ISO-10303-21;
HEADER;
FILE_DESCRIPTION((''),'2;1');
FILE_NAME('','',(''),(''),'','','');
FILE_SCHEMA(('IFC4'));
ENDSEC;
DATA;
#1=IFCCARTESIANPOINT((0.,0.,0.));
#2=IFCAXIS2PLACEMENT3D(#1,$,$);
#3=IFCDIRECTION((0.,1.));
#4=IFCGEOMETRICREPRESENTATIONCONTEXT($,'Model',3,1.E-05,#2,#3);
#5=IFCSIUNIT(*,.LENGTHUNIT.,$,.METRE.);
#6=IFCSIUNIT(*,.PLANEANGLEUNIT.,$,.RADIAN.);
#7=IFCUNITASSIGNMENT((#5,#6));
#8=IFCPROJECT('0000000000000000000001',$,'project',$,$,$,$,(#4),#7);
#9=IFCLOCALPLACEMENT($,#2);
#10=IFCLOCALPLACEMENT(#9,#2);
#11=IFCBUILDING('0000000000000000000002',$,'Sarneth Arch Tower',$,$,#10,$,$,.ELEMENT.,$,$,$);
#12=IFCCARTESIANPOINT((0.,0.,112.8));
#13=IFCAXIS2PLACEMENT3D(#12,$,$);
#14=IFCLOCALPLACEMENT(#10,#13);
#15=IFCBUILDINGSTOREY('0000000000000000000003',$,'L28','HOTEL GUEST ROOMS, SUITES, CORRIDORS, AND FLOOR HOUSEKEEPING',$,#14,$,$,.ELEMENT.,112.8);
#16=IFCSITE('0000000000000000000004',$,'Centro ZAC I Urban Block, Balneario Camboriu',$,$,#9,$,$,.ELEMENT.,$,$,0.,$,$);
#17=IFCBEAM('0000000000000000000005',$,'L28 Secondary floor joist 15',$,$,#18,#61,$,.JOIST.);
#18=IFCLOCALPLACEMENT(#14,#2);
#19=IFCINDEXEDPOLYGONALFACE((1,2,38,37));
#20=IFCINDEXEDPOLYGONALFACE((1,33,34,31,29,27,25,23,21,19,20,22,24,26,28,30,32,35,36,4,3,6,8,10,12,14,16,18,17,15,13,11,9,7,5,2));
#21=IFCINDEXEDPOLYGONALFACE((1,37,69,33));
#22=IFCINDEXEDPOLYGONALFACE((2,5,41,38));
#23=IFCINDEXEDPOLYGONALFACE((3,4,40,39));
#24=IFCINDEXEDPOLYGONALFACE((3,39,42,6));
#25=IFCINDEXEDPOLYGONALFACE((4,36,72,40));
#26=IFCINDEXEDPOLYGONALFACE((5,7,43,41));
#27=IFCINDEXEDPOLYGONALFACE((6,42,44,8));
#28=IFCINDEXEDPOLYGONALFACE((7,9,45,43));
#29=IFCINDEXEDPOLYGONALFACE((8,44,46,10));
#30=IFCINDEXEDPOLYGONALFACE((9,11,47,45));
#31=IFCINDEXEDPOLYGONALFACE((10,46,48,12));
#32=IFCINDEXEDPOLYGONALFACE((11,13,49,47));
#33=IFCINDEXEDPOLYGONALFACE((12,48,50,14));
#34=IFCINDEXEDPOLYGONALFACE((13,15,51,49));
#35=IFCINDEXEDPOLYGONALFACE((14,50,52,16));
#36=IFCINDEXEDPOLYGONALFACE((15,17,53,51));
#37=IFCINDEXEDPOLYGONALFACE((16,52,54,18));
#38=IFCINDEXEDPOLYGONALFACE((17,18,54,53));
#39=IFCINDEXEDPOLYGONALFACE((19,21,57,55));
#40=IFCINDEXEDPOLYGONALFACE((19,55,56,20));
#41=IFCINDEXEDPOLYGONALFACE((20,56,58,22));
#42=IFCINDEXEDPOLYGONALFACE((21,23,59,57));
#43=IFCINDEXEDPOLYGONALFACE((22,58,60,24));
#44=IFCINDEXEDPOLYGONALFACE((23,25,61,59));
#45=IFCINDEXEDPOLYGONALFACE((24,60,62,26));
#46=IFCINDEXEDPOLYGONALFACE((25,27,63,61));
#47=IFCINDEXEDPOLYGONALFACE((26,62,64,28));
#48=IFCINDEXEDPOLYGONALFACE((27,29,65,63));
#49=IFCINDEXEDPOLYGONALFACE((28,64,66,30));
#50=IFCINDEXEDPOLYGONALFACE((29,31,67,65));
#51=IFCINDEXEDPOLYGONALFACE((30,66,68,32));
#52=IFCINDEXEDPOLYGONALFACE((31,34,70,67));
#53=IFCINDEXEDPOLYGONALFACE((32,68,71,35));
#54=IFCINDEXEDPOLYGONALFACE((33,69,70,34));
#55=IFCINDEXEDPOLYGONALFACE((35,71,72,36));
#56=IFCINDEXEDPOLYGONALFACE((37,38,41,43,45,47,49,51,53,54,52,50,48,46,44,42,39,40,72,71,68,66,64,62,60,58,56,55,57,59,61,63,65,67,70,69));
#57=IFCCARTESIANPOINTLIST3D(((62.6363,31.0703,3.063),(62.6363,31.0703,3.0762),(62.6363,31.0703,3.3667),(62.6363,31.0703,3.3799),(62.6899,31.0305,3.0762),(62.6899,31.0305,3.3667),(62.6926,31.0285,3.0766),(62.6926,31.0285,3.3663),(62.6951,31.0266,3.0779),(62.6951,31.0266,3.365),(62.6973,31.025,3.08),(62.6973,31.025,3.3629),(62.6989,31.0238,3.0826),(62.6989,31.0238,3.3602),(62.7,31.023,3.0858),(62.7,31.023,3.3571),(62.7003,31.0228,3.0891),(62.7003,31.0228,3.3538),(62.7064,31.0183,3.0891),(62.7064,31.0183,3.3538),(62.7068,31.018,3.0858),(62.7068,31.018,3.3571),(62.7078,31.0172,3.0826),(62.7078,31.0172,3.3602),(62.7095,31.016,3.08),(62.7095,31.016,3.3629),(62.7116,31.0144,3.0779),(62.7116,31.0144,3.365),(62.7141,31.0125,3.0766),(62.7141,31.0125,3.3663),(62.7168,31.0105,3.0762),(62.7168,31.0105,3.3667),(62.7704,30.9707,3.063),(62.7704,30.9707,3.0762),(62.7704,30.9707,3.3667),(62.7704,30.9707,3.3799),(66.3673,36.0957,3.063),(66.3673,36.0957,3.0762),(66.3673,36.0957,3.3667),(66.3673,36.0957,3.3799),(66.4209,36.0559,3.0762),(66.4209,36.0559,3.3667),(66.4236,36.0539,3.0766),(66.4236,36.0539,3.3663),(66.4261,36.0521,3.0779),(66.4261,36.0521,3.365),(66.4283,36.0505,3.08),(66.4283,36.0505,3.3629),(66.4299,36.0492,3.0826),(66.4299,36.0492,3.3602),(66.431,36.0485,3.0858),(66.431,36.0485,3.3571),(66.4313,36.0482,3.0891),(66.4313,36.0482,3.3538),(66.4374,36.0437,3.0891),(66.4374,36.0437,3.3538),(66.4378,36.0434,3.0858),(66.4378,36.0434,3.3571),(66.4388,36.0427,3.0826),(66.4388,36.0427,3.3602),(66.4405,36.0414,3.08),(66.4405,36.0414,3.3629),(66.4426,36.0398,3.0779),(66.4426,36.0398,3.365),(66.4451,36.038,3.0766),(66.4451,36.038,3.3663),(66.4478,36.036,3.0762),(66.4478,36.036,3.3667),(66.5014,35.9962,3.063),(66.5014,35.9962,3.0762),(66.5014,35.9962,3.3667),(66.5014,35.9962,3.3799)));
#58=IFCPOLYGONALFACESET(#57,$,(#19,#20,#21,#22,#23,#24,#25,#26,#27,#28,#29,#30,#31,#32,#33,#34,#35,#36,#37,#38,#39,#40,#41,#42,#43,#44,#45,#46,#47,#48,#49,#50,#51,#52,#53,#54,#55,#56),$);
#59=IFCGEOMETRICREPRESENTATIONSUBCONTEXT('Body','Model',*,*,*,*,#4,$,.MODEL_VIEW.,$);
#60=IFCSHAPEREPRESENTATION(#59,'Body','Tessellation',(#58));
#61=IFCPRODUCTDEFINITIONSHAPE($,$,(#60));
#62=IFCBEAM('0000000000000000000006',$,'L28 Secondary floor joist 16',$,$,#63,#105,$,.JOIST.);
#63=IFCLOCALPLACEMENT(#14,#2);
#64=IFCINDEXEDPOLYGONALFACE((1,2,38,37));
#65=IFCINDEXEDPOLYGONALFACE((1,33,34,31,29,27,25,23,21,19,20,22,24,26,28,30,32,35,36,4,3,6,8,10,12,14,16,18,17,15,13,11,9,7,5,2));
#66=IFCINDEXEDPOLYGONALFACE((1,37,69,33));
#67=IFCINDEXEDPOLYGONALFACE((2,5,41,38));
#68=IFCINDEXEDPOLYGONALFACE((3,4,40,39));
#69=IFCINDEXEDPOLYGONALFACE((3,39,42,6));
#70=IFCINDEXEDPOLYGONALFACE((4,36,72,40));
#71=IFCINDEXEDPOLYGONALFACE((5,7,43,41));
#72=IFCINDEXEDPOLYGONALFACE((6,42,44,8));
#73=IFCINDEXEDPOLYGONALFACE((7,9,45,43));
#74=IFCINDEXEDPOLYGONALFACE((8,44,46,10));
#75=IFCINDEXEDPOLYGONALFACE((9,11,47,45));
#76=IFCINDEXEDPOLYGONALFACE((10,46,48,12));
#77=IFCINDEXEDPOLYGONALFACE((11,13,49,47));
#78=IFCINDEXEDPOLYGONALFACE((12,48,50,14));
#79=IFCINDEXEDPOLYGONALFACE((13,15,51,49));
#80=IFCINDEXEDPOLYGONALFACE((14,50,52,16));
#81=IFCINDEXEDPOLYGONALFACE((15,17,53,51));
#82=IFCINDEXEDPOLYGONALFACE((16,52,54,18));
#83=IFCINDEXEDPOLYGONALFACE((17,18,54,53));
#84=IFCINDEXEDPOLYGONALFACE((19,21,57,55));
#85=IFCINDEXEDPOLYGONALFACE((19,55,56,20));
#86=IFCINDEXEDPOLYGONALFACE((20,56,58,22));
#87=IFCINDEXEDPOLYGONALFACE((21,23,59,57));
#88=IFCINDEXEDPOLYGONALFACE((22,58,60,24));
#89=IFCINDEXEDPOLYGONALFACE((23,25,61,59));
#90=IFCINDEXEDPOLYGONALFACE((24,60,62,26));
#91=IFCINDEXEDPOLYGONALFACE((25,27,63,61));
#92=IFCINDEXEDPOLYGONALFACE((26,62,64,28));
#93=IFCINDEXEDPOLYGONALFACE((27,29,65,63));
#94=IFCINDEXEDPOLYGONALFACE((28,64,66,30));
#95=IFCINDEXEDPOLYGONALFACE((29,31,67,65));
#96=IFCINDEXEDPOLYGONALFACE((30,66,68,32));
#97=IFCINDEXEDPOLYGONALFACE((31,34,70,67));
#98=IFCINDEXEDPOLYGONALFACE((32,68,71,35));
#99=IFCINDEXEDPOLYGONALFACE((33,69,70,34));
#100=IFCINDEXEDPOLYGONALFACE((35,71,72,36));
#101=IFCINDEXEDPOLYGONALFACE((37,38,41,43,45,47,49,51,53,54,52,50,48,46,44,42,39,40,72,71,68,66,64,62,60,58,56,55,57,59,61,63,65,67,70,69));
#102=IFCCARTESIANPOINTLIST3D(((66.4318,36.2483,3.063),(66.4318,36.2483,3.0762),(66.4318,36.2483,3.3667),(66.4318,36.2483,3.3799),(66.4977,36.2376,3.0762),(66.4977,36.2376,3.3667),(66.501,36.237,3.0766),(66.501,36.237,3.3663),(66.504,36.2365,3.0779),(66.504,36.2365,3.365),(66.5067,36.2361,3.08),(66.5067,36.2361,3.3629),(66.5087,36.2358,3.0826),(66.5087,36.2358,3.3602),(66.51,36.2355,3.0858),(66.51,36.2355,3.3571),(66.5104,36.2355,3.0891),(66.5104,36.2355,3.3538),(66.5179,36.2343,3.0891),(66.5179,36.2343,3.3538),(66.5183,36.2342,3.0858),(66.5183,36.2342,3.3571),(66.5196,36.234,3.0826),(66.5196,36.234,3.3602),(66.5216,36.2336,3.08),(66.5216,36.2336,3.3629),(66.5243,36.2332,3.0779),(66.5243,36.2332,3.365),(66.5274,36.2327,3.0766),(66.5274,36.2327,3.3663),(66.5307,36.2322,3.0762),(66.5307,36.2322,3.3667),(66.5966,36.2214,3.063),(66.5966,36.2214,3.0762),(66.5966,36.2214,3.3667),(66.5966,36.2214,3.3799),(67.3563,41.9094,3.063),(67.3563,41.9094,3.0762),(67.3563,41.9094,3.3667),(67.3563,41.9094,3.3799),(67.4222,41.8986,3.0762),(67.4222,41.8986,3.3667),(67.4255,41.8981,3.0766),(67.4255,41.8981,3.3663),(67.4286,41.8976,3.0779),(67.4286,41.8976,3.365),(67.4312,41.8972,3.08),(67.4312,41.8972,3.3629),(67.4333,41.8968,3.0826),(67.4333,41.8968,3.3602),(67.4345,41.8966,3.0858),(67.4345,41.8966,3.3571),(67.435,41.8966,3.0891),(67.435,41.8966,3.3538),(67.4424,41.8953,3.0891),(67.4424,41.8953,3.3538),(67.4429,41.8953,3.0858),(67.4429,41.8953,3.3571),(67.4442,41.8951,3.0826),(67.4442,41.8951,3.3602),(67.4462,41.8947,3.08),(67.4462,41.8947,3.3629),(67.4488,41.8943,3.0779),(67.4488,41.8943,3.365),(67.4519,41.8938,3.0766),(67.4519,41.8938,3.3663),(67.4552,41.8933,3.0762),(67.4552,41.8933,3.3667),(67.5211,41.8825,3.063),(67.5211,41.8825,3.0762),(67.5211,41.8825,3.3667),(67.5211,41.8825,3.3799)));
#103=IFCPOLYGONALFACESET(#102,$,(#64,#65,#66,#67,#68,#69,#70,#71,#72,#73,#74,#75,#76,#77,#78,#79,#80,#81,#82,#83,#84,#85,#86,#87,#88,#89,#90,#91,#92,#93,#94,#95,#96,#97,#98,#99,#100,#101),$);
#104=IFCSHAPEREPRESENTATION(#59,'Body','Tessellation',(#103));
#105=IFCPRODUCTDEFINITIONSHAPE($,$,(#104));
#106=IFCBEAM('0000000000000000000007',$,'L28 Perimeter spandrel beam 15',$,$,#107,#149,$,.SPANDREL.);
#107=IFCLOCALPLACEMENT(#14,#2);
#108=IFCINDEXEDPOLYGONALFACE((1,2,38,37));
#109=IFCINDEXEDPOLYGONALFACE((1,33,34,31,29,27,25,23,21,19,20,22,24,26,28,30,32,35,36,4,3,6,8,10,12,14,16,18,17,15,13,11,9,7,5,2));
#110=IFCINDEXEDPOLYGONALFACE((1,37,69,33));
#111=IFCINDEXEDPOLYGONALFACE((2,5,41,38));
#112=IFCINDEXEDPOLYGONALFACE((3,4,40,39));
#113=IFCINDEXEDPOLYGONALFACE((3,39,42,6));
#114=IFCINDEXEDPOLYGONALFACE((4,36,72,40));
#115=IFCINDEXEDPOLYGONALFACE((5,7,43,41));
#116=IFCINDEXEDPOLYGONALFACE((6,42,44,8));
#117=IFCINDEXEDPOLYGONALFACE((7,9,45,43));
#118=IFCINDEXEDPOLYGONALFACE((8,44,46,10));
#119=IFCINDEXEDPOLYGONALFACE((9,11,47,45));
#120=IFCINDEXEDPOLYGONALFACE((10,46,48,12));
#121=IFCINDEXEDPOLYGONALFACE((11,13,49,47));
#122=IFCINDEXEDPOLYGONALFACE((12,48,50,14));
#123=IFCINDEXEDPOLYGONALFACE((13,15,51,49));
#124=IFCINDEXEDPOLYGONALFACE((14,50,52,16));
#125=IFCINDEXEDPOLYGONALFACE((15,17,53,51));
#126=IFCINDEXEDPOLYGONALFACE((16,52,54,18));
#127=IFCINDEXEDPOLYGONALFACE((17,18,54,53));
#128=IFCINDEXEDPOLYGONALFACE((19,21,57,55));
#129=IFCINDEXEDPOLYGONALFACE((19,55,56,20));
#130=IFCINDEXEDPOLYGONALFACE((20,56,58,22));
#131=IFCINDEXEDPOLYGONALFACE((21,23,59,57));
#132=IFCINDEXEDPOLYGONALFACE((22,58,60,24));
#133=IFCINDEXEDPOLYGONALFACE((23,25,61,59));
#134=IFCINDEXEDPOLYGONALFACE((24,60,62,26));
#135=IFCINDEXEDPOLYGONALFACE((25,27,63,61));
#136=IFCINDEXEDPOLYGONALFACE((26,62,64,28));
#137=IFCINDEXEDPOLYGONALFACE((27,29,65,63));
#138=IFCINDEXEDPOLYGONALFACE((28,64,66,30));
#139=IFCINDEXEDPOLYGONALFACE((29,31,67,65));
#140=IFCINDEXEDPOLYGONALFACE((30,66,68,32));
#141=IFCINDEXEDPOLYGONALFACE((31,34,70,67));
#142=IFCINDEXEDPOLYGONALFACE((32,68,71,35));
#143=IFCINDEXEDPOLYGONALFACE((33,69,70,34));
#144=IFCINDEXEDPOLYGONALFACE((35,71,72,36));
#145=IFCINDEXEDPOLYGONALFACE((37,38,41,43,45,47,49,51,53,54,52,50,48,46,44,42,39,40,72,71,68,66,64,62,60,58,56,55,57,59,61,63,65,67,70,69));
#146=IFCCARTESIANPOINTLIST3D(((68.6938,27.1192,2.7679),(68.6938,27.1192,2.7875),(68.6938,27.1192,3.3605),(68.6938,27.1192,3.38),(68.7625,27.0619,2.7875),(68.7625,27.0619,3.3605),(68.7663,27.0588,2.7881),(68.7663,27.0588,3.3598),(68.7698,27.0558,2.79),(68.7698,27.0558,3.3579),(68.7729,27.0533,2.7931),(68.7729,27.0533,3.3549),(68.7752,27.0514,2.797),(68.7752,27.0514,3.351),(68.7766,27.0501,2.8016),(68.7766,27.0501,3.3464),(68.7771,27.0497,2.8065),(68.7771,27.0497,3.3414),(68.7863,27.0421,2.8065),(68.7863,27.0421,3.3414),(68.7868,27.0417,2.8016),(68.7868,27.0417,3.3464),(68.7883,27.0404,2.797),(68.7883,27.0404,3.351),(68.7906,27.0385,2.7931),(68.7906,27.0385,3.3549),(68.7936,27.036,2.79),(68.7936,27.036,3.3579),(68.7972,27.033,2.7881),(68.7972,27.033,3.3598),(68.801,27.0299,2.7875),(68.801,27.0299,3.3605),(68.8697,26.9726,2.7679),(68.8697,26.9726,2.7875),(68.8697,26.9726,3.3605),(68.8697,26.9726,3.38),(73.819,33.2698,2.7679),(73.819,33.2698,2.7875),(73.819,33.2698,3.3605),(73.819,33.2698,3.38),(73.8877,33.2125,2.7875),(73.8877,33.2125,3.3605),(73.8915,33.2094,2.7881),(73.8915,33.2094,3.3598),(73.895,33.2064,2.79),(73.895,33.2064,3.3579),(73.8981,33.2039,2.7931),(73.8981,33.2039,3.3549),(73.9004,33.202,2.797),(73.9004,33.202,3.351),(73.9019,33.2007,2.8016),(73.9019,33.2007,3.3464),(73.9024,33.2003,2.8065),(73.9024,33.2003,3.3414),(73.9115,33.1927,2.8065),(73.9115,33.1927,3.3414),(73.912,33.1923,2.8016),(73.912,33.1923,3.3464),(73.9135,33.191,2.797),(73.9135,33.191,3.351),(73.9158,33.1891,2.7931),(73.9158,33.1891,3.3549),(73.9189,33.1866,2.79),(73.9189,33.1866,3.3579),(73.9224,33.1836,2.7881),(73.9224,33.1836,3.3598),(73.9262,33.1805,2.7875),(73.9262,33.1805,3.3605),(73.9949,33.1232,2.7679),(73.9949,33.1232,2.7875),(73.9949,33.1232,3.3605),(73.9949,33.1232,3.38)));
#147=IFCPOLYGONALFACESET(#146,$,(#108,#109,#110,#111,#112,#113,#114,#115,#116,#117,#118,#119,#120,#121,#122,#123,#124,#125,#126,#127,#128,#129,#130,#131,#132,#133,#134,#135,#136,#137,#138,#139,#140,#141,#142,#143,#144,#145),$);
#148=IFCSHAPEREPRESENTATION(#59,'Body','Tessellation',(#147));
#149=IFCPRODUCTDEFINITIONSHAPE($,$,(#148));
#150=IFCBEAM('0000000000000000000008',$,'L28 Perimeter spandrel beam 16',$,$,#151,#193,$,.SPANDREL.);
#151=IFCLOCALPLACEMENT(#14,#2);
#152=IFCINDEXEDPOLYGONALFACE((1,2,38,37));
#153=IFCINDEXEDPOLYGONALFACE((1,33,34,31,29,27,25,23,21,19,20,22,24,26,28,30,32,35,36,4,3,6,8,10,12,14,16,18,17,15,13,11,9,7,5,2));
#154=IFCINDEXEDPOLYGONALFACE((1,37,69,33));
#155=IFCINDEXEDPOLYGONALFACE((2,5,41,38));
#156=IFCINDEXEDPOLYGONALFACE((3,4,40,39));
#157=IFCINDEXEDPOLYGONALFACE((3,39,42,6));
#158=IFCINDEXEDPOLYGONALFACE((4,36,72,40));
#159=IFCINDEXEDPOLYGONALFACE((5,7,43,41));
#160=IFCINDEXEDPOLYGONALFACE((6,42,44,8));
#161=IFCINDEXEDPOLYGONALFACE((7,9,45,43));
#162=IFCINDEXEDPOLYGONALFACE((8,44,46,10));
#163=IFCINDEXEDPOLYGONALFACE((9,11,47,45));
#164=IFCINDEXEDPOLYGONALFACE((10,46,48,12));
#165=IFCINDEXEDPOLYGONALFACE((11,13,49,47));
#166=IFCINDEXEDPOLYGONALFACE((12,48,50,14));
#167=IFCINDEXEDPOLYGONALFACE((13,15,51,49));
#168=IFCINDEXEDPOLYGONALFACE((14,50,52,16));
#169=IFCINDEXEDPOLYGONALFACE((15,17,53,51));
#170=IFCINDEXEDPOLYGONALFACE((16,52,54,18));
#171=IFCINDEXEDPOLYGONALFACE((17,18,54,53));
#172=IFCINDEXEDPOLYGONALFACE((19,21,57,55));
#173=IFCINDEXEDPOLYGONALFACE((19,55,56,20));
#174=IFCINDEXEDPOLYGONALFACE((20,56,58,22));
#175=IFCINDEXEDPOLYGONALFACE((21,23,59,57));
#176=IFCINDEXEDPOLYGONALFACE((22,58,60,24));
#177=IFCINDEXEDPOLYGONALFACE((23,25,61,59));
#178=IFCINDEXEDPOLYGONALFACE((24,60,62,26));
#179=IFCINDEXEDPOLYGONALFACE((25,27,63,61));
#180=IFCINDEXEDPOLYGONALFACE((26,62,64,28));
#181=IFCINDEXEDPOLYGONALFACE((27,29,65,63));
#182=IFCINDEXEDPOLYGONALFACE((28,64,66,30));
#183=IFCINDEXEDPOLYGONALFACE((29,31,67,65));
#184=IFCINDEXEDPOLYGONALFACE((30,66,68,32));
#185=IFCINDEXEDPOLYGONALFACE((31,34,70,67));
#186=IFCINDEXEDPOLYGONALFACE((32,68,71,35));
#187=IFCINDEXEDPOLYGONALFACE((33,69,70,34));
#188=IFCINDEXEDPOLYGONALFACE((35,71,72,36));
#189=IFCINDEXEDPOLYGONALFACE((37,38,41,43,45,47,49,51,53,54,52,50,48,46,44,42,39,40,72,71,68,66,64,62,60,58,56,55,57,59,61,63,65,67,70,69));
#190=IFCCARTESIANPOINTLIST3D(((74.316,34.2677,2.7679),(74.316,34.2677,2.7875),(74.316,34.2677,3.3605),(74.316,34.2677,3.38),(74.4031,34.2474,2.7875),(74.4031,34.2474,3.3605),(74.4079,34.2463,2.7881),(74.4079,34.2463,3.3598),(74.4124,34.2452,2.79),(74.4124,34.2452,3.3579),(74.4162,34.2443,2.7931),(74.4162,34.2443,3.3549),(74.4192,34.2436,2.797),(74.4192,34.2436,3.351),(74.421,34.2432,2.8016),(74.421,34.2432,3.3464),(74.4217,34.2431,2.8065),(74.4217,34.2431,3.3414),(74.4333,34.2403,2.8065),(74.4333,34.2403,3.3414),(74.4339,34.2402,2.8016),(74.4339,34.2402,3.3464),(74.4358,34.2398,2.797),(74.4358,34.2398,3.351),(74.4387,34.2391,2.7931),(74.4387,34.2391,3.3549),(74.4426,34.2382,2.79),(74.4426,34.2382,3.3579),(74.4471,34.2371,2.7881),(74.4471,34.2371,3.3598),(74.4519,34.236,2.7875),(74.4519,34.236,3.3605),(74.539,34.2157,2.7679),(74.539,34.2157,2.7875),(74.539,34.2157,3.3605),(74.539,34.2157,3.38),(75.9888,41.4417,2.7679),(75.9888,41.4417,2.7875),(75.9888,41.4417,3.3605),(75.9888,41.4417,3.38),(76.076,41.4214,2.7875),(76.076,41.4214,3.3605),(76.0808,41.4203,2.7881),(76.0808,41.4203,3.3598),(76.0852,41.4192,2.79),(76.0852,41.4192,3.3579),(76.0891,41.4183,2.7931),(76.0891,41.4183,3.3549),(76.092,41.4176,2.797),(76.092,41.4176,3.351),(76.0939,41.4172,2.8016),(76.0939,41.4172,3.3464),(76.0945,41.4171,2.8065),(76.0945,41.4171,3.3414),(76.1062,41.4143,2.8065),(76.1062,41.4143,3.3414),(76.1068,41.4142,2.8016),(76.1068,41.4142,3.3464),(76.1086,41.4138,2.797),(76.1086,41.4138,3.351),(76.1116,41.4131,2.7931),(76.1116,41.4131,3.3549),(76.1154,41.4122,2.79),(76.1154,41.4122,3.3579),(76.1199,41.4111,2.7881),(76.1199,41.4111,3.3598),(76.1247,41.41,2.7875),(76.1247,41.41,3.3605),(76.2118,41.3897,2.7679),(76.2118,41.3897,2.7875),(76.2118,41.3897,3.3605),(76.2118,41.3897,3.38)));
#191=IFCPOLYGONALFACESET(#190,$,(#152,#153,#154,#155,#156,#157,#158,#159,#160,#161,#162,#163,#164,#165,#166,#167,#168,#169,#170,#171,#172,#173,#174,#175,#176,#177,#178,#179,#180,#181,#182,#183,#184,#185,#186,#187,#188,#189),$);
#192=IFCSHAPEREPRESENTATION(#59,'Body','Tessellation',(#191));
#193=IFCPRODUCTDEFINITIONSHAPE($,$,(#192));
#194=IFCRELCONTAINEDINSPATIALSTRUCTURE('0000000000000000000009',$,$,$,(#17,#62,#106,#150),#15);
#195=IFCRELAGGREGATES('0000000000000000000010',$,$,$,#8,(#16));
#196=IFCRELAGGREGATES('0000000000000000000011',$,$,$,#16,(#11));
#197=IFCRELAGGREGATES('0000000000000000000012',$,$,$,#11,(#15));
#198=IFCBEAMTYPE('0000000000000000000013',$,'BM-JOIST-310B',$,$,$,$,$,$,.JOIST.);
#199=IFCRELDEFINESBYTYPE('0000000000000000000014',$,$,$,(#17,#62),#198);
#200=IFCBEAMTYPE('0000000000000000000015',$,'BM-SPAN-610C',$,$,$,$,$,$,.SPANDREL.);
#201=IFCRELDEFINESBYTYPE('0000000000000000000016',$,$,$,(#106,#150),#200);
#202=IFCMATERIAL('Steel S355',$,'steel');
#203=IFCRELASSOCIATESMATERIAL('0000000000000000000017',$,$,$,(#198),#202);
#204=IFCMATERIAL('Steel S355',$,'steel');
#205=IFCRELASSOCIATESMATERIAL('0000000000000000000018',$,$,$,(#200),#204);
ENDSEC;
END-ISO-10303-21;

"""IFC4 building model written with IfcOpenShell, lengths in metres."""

from ifc_helpers import new_model, si_unit, direction, frame, origin, origin_2d, place, context, subcontext, project, spatial, i_section, extrude, material, material_profile, profile_set, type_object, element, save


model = new_model("IFC4")

# Units and contexts
model_context = context("Model", 3, precision=1e-05, world=origin(), true_north=direction((0.0, 1.0)))
body_context = subcontext(model_context, "Body", "Model", "MODEL_VIEW")
ifc_project = project(units=[si_unit("LENGTHUNIT", "METRE"), si_unit("PLANEANGLEUNIT", "RADIAN")], contexts=[model_context])

# Site, building, storey
site_placement = place(None, origin())
site = spatial("IfcSite", under=ifc_project, at=site_placement, Name="Centro ZAC I Urban Block, Balneario Camboriu", CompositionType="ELEMENT", RefElevation=0.0)
building_placement = place(site_placement, origin())
building = spatial("IfcBuilding", under=site, at=building_placement, Name="Sarneth Arch Tower", CompositionType="ELEMENT")
storey_placement = place(building_placement, frame((0.0, 0.0, 112.8)))
storey = spatial("IfcBuildingStorey", under=building, at=storey_placement, Name="L28", Description="HOTEL GUEST ROOMS, SUITES, CORRIDORS, AND FLOOR HOUSEKEEPING", CompositionType="ELEMENT", Elevation=112.8)

# Beams
ifc_material_1 = material(Name="Steel S355", Category="steel")
ifc_material_profile_1 = material_profile(ifc_material_1, i_section(OverallWidth=0.167, OverallDepth=0.3169, WebThickness=0.0076, FlangeThickness=0.0132, FilletRadius=0.0129, at=origin_2d()), Name="W310x52")
ifc_profile_set_1 = profile_set([ifc_material_profile_1], Name="Steel S355")
beam_type_1 = type_object("IfcBeamType", Name="BM-JOIST-310B", PredefinedType="JOIST", material=ifc_profile_set_1)
beam_1_placement = place(storey_placement, frame((62.7034, 31.0205, 3.2214), z_axis=(0.596098, 0.802911, 0.0), x_axis=(-0.802911, 0.596098, 0.0)))
element("IfcBeam", 1, at=beam_1_placement, inside=storey, type_object=beam_type_1, Name="L28 Secondary floor joist 15", PredefinedType="JOIST", context=body_context, shape_type="SweptSolid", body=[
    extrude(i_section(OverallWidth=0.167, OverallDepth=0.3169, WebThickness=0.0076, FlangeThickness=0.0132, FilletRadius=0.0129, at=origin_2d()), origin(), (0.0, 0.0, 1.0), 6.259),
])
beam_2_placement = place(storey_placement, frame((66.5142, 36.2349, 3.2214), z_axis=(0.161182, 0.986925, 0.0), x_axis=(-0.986925, 0.161182, 0.0)))
element("IfcBeam", 2, at=beam_2_placement, inside=storey, type_object=beam_type_1, Name="L28 Secondary floor joist 16", PredefinedType="JOIST", context=body_context, shape_type="SweptSolid", body=[
    extrude(i_section(OverallWidth=0.167, OverallDepth=0.3169, WebThickness=0.0076, FlangeThickness=0.0132, FilletRadius=0.0129, at=origin_2d()), origin(), (0.0, 0.0, 1.0), 5.7361),
])
ifc_material_2 = material(Name="Steel S355", Category="steel")
ifc_material_profile_2 = material_profile(ifc_material_2, i_section(OverallWidth=0.229, OverallDepth=0.6121, WebThickness=0.012, FlangeThickness=0.0195, FilletRadius=0.019, at=origin_2d()), Name="W610x125")
ifc_profile_set_2 = profile_set([ifc_material_profile_2], Name="Steel S355")
beam_type_2 = type_object("IfcBeamType", Name="BM-SPAN-610C", PredefinedType="SPANDREL", material=ifc_profile_set_2)
beam_3_placement = place(storey_placement, frame((68.7817, 27.0459, 3.074), z_axis=(0.640163, 0.768239, 0.0), x_axis=(-0.768239, 0.640163, 0.0)))
element("IfcBeam", 3, at=beam_3_placement, inside=storey, type_object=beam_type_2, Name="L28 Perimeter spandrel beam 15", PredefinedType="SPANDREL", context=body_context, shape_type="SweptSolid", body=[
    extrude(i_section(OverallWidth=0.229, OverallDepth=0.6121, WebThickness=0.012, FlangeThickness=0.0195, FilletRadius=0.019, at=origin_2d()), origin(), (0.0, 0.0, 1.0), 8.0061),
])
beam_4_placement = place(storey_placement, frame((74.4275, 34.2417, 3.074), z_axis=(0.227088, 0.973874, 0.0), x_axis=(-0.973874, 0.227088, 0.0)))
element("IfcBeam", 4, at=beam_4_placement, inside=storey, type_object=beam_type_2, Name="L28 Perimeter spandrel beam 16", PredefinedType="SPANDREL", context=body_context, shape_type="SweptSolid", body=[
    extrude(i_section(OverallWidth=0.229, OverallDepth=0.6121, WebThickness=0.012, FlangeThickness=0.0195, FilletRadius=0.019, at=origin_2d()), origin(), (0.0, 0.0, 1.0), 7.3665),
])

save(model, "model.ifc")
